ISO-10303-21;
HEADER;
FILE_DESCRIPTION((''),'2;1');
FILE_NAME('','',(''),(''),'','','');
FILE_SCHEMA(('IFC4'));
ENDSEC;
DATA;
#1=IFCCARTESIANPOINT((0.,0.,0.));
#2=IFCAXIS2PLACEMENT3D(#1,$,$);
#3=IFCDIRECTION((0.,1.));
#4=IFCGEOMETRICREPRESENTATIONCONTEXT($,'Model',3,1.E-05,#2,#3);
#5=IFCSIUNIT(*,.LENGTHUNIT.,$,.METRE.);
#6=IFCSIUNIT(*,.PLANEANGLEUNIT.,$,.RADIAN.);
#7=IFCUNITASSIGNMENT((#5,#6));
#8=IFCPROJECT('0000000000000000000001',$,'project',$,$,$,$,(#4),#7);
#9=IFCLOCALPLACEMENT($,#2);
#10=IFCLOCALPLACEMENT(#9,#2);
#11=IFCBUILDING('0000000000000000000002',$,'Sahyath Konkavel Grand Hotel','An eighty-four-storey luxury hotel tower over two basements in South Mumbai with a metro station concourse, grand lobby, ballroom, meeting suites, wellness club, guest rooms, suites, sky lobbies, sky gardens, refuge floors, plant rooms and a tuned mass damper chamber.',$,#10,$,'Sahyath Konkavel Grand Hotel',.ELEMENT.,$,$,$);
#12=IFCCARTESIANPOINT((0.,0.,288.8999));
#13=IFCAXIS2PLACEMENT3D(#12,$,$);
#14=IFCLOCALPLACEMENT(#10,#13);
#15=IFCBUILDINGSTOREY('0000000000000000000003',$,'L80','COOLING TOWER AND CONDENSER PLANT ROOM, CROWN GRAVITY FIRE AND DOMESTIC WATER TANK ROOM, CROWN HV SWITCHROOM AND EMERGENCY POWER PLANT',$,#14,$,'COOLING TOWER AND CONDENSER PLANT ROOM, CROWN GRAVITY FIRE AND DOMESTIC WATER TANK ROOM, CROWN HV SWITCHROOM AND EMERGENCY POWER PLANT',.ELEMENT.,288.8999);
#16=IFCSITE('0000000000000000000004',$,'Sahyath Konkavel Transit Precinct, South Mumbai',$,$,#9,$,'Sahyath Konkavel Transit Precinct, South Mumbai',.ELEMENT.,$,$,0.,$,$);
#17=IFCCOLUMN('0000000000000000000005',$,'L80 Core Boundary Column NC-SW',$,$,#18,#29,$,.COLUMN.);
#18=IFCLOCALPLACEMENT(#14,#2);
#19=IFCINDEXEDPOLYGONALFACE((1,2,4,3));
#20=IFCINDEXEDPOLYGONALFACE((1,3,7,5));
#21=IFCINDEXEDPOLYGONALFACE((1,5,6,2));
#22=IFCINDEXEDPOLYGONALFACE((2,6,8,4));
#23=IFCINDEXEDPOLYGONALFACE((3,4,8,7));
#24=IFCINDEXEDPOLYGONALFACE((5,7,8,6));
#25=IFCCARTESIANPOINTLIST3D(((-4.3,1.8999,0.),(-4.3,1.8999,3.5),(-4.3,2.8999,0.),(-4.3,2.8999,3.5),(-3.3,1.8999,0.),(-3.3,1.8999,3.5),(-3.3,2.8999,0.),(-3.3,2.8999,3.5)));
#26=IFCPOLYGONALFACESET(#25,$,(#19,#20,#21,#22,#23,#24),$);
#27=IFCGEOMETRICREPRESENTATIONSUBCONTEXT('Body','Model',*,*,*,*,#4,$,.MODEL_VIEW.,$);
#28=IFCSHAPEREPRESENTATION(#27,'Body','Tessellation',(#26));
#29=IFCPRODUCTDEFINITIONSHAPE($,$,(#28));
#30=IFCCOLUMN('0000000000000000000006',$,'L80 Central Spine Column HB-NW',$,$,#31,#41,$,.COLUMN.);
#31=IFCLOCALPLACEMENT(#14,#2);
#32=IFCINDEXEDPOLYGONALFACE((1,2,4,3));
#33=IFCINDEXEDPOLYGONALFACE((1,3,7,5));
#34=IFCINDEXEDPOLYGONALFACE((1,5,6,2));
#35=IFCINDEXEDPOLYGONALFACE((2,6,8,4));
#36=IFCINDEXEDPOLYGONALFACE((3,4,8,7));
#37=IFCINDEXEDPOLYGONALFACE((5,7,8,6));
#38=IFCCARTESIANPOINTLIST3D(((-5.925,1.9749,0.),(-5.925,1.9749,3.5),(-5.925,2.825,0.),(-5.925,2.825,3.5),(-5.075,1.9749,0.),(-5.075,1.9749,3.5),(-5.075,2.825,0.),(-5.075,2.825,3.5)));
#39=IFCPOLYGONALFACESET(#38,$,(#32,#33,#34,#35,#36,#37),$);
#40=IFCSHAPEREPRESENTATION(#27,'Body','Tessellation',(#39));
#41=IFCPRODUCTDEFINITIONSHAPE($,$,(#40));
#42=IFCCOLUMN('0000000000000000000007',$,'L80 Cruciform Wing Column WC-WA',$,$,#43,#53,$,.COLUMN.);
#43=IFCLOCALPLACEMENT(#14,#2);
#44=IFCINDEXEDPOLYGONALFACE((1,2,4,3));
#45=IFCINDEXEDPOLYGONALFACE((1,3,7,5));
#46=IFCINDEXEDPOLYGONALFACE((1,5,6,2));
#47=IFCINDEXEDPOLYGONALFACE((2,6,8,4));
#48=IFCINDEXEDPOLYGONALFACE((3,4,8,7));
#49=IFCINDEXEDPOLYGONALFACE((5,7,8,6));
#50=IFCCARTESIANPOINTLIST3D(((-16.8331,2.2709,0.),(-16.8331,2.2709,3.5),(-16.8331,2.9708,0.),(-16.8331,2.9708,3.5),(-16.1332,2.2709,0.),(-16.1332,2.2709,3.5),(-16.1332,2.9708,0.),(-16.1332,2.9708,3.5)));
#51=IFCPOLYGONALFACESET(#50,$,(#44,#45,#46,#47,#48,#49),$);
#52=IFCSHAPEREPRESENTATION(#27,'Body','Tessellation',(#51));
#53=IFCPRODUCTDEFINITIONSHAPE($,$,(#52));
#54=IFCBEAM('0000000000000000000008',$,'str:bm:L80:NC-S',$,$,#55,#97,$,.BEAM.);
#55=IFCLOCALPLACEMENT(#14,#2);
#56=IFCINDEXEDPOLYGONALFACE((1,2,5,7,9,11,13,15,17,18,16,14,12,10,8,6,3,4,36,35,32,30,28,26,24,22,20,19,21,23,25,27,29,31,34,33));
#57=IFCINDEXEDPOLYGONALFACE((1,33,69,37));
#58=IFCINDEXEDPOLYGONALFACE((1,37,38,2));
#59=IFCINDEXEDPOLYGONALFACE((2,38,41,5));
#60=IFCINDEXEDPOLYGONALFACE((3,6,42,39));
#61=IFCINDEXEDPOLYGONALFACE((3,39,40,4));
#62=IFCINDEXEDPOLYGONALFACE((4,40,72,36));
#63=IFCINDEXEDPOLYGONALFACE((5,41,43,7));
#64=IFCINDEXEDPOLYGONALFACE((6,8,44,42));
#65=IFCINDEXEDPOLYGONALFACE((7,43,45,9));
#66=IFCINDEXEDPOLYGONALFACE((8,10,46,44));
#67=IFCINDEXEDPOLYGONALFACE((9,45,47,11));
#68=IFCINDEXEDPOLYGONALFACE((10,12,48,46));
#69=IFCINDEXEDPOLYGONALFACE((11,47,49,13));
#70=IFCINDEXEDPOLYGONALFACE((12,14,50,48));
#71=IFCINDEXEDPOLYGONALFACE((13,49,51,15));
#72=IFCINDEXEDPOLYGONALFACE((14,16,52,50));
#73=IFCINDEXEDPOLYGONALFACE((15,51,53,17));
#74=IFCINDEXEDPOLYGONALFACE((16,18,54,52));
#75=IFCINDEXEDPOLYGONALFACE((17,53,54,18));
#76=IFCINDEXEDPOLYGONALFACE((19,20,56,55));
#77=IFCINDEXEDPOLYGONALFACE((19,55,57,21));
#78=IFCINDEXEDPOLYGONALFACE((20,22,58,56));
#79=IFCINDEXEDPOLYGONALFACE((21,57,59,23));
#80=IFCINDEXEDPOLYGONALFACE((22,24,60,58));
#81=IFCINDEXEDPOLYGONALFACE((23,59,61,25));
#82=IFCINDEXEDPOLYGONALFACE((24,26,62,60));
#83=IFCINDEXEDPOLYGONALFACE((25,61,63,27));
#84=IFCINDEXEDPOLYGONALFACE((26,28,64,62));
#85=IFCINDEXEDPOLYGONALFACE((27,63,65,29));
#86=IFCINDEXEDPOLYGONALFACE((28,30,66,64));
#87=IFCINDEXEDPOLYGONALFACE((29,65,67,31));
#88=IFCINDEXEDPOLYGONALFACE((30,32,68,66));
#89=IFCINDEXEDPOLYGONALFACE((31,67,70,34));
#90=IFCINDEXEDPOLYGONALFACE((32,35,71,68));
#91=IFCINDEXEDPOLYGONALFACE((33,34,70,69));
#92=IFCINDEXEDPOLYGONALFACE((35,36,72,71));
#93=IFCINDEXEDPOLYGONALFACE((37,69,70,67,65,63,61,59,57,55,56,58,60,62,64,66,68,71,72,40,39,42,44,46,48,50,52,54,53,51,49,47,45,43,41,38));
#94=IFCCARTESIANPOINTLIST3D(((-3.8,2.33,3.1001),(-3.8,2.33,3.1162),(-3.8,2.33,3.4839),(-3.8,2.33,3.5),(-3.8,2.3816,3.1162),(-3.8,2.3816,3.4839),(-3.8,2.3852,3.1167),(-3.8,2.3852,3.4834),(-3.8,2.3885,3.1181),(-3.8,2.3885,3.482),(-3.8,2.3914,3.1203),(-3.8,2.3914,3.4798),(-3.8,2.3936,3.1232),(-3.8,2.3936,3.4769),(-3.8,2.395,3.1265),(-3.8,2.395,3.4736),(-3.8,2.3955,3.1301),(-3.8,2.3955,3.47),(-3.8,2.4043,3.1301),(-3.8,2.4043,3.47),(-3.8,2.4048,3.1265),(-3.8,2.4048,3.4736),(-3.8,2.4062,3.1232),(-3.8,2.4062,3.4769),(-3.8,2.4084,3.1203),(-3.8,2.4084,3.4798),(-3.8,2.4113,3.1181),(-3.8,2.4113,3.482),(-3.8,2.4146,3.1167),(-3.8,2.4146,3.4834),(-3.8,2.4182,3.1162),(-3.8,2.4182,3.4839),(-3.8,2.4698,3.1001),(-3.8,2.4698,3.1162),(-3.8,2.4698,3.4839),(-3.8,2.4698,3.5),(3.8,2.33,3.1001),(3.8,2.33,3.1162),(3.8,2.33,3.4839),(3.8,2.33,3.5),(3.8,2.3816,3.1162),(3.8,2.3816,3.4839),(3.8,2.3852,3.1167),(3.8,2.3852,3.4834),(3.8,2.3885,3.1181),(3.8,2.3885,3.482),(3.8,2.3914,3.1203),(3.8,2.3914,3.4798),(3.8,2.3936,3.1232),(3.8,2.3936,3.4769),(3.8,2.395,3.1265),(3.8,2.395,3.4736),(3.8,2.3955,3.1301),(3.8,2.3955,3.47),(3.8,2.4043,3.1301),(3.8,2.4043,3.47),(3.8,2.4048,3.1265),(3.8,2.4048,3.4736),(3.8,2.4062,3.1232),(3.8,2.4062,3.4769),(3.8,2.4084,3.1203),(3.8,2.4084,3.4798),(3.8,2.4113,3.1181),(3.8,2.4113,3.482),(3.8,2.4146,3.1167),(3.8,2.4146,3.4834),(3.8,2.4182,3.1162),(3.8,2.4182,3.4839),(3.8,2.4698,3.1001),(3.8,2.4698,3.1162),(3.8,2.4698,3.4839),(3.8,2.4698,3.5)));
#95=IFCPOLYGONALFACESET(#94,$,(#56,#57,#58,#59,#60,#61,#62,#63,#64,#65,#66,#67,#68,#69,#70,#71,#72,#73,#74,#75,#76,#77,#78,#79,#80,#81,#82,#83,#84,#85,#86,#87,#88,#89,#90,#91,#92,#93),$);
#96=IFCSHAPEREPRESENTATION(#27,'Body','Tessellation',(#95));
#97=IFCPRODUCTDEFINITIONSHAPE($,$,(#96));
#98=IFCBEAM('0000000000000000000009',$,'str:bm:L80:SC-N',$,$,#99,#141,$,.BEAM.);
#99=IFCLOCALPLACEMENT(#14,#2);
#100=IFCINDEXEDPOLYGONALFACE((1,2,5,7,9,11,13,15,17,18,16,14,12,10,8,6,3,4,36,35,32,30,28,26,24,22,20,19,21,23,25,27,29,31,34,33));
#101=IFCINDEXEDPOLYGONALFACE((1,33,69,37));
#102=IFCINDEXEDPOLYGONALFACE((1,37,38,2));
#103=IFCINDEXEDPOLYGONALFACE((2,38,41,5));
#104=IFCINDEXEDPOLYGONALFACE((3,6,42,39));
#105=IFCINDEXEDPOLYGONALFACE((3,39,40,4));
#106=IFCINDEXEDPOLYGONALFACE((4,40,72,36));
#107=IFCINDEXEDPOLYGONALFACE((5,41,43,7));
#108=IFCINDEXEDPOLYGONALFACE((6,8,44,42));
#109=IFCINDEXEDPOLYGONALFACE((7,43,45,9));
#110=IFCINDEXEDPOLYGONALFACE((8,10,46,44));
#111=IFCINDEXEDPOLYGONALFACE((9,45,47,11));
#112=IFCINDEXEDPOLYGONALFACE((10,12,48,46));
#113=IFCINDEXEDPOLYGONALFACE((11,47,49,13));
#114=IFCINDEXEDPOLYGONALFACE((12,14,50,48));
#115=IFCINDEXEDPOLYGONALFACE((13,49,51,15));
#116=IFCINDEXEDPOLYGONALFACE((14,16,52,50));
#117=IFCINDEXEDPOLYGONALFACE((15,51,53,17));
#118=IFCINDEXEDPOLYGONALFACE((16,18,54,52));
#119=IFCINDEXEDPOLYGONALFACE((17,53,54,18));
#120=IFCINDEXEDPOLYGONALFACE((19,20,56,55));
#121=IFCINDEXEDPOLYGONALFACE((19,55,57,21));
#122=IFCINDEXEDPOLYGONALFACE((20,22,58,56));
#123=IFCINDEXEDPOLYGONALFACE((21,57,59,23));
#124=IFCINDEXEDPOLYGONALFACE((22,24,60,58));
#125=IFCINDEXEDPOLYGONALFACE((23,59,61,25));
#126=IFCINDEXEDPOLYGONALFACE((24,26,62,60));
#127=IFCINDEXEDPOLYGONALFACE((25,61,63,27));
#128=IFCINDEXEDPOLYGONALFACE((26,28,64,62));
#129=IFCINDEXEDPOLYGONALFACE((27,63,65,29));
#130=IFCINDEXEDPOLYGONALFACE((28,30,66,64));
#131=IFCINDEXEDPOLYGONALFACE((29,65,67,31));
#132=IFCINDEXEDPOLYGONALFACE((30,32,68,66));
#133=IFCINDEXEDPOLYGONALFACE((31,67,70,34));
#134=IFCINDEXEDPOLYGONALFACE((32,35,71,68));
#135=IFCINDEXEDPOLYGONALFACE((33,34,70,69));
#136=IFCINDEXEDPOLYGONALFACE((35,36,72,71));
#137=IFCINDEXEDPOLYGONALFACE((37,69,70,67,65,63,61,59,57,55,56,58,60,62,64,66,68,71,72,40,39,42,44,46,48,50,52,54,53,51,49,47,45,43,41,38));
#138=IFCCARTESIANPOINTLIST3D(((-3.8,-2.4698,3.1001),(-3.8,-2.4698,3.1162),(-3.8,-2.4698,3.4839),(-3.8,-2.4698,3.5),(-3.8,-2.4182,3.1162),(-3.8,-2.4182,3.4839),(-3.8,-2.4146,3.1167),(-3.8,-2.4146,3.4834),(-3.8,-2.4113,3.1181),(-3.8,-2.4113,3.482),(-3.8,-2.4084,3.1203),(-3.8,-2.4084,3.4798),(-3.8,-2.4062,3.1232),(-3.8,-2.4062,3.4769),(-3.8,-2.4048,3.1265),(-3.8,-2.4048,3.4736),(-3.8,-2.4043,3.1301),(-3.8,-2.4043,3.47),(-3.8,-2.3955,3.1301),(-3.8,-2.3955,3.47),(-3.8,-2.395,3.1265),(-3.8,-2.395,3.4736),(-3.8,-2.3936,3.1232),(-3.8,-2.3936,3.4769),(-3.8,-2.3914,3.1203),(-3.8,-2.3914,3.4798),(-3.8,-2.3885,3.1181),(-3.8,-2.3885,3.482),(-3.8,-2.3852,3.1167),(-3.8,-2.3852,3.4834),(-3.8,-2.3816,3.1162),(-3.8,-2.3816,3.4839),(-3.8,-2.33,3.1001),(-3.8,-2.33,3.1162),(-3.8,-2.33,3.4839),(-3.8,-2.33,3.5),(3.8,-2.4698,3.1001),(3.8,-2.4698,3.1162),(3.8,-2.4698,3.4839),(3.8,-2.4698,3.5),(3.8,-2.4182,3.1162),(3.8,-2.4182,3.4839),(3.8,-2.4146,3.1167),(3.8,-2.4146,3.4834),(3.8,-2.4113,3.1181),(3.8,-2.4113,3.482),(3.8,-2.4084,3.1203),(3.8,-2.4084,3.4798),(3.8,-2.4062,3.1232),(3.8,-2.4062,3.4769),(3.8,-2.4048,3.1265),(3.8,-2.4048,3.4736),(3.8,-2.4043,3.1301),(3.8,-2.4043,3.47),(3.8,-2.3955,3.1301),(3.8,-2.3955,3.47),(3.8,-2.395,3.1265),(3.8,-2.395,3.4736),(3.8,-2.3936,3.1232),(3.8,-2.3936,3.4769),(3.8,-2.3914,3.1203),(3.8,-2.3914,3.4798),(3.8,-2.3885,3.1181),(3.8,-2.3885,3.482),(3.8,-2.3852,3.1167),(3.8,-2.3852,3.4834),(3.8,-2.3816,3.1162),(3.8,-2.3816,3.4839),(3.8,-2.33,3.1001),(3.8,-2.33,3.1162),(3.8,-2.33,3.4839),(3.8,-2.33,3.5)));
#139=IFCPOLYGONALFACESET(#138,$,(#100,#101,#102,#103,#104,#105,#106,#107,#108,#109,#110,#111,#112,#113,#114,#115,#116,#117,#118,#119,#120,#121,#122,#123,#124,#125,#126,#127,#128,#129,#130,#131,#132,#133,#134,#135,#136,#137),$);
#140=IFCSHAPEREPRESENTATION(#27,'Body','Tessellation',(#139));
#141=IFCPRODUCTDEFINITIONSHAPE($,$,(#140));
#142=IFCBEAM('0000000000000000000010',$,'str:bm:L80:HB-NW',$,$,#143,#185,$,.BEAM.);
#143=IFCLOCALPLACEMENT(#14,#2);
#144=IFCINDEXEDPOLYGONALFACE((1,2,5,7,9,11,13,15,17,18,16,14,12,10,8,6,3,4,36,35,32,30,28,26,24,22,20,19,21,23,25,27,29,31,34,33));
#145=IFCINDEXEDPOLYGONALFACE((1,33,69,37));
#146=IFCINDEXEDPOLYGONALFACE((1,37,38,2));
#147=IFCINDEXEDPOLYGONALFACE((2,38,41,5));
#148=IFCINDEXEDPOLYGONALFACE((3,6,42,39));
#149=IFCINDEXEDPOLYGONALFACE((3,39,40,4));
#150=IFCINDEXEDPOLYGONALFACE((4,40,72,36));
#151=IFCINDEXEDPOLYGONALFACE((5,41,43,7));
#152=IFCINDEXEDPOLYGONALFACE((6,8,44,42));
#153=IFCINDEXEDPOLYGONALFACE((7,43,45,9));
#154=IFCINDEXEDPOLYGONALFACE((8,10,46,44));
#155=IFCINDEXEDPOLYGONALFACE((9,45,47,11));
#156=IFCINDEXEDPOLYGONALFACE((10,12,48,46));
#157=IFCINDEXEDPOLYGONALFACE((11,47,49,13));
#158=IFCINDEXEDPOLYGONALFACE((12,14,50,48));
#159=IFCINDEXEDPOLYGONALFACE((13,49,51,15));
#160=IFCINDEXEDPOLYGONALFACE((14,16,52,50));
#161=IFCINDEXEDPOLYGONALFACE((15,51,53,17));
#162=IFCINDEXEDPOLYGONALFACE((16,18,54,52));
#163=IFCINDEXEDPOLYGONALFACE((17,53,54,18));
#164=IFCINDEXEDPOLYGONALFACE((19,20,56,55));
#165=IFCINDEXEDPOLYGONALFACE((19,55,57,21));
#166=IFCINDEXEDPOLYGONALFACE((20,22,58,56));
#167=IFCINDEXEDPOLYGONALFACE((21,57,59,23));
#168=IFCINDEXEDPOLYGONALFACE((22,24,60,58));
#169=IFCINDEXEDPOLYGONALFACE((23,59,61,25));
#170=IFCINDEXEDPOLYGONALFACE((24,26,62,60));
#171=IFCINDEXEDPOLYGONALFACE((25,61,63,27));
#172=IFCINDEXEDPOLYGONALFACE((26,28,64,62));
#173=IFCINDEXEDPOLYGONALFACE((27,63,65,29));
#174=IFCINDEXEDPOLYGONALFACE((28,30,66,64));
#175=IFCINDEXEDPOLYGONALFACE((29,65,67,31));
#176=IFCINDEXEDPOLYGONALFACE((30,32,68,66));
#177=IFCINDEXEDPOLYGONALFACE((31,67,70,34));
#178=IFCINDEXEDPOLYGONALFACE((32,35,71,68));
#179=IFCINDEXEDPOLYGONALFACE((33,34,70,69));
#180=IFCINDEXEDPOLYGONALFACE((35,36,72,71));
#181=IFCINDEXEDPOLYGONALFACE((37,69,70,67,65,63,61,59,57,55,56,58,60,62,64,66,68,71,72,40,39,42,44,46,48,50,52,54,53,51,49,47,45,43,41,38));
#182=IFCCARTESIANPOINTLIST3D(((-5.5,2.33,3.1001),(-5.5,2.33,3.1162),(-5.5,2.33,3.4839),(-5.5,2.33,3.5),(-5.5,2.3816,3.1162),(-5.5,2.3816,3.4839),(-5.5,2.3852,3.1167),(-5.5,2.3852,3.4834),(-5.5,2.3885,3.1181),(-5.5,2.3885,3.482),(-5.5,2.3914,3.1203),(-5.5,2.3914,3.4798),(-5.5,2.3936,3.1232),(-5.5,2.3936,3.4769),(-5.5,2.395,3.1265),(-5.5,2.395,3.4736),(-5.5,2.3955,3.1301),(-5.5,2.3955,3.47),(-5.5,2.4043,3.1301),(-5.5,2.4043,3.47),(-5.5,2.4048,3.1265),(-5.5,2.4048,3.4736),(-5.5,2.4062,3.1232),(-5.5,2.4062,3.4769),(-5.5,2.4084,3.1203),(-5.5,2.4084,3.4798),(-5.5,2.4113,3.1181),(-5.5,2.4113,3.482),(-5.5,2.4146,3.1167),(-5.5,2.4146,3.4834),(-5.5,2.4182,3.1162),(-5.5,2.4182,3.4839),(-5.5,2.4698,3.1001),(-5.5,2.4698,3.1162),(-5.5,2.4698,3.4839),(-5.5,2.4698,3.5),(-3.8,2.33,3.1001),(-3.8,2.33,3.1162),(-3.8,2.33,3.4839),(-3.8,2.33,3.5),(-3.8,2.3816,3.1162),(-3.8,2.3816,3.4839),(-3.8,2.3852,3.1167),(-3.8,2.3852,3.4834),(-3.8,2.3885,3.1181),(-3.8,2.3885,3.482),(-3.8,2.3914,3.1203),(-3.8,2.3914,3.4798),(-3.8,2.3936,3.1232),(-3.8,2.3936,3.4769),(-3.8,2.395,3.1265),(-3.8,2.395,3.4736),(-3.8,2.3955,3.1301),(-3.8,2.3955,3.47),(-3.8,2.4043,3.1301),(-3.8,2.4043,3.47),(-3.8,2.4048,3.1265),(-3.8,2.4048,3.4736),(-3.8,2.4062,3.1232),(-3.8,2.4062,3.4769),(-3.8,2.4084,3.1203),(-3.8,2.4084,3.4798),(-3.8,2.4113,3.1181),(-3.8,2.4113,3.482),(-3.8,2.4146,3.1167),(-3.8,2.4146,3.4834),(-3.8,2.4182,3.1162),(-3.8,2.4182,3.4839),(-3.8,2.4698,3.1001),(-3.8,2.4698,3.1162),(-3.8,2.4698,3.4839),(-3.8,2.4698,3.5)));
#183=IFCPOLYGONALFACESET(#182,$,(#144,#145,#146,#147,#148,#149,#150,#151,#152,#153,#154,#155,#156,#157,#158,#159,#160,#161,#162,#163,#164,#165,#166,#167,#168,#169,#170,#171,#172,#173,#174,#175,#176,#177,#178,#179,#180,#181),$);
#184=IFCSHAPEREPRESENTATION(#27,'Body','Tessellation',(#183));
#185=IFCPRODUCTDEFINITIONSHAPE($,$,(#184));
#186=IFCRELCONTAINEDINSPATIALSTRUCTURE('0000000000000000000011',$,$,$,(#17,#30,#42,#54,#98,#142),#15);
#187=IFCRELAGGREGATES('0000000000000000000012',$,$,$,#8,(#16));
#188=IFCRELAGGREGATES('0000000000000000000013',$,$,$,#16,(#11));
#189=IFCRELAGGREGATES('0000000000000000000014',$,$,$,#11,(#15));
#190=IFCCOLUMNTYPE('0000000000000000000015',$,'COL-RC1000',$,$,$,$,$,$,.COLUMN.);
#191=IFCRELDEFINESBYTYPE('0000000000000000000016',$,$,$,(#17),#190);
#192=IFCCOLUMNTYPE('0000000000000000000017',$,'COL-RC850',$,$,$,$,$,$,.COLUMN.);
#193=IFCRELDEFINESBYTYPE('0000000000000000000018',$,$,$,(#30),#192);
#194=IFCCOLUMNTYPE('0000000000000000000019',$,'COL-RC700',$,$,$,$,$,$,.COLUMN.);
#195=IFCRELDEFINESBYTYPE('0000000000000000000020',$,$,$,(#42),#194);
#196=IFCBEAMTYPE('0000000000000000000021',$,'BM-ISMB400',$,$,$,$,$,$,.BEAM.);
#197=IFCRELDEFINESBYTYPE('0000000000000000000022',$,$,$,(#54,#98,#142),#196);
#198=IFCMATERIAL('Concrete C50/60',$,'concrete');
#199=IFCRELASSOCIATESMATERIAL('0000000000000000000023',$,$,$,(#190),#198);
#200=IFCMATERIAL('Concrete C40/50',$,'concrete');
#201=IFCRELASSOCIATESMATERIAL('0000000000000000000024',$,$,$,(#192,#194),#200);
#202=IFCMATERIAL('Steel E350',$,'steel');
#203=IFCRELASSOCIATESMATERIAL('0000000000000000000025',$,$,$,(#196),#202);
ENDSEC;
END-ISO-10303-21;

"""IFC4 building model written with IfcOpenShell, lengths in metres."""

from ifc_helpers import new_model, si_unit, direction, frame, origin, origin_2d, place, context, subcontext, project, spatial, rectangle, i_section, extrude, source, transform, mapped, material, material_profile, profile_set, type_object, element, save


model = new_model("IFC4")

# Units and contexts
model_context = context("Model", 3, precision=1e-05, world=origin(), true_north=direction((0.0, 1.0)))
body_context = subcontext(model_context, "Body", "Model", "MODEL_VIEW")
ifc_project = project(units=[si_unit("LENGTHUNIT", "METRE"), si_unit("PLANEANGLEUNIT", "RADIAN")], contexts=[model_context])

# Site, building, storey
site_placement = place(None, origin())
site = spatial("IfcSite", under=ifc_project, at=site_placement, Name="Sahyath Konkavel Transit Precinct, South Mumbai", LongName="Sahyath Konkavel Transit Precinct, South Mumbai", CompositionType="ELEMENT", RefElevation=0.0)
building_placement = place(site_placement, origin())
building = spatial("IfcBuilding", under=site, at=building_placement, Name="Sahyath Konkavel Grand Hotel", Description="An eighty-four-storey luxury hotel tower over two basements in South Mumbai with a metro station concourse, grand lobby, ballroom, meeting suites, wellness club, guest rooms, suites, sky lobbies, sky gardens, refuge floors, plant rooms and a tuned mass damper chamber.", LongName="Sahyath Konkavel Grand Hotel", CompositionType="ELEMENT")
storey_placement = place(building_placement, frame((0.0, 0.0, 288.8999)))
storey = spatial("IfcBuildingStorey", under=building, at=storey_placement, Name="L80", Description="COOLING TOWER AND CONDENSER PLANT ROOM, CROWN GRAVITY FIRE AND DOMESTIC WATER TANK ROOM, CROWN HV SWITCHROOM AND EMERGENCY POWER PLANT", LongName="COOLING TOWER AND CONDENSER PLANT ROOM, CROWN GRAVITY FIRE AND DOMESTIC WATER TANK ROOM, CROWN HV SWITCHROOM AND EMERGENCY POWER PLANT", CompositionType="ELEMENT", Elevation=288.8999)

# Columns
ifc_material_1 = material(Name="Concrete C50/60", Category="concrete")
ifc_material_profile_1 = material_profile(ifc_material_1, rectangle(XDim=1.0, YDim=1.0, at=origin_2d()), Name="RC 1000x1000")
ifc_profile_set_1 = profile_set([ifc_material_profile_1], Name="Concrete C50/60")
column_type_1 = type_object("IfcColumnType", Name="COL-RC1000", PredefinedType="COLUMN", material=ifc_profile_set_1)
shared_shape_1 = source(origin(), body_context, "Body", "SweptSolid", [
    extrude(rectangle(XDim=1.0, YDim=1.0, at=origin_2d()), origin(), (0.0, 0.0, 1.0), 3.5),
])
column_1_placement = place(storey_placement, frame((-3.8, 2.3999, 0.0), z_axis=(0.0, 0.0, 1.0), x_axis=(1.0, 0.0, 0.0)))
element("IfcColumn", 1, at=column_1_placement, inside=storey, type_object=column_type_1, Name="L80 Core Boundary Column NC-SW", PredefinedType="COLUMN", context=body_context, shape_type="MappedRepresentation", body=[
    mapped(shared_shape_1, transform((0.0, 0.0, 0.0), scale=1.0)),
])
ifc_material_2 = material(Name="Concrete C40/50", Category="concrete")
ifc_material_profile_2 = material_profile(ifc_material_2, rectangle(XDim=0.8501, YDim=0.8501, at=origin_2d()), Name="RC 850x850")
ifc_profile_set_2 = profile_set([ifc_material_profile_2], Name="Concrete C40/50")
column_type_2 = type_object("IfcColumnType", Name="COL-RC850", PredefinedType="COLUMN", material=ifc_profile_set_2)
shared_shape_2 = source(origin(), body_context, "Body", "SweptSolid", [
    extrude(rectangle(XDim=0.8501, YDim=0.8501, at=origin_2d()), origin(), (0.0, 0.0, 1.0), 3.5),
])
column_2_placement = place(storey_placement, frame((-5.5, 2.3999, 0.0), z_axis=(0.0, 0.0, 1.0), x_axis=(1.0, 0.0, 0.0)))
element("IfcColumn", 2, at=column_2_placement, inside=storey, type_object=column_type_2, Name="L80 Central Spine Column HB-NW", PredefinedType="COLUMN", context=body_context, shape_type="MappedRepresentation", body=[
    mapped(shared_shape_2, transform((0.0, 0.0, 0.0), scale=1.0)),
])
ifc_material_profile_3 = material_profile(ifc_material_2, rectangle(XDim=0.7, YDim=0.7, at=origin_2d()), Name="RC 700x700")
ifc_profile_set_3 = profile_set([ifc_material_profile_3], Name="Concrete C40/50")
column_type_3 = type_object("IfcColumnType", Name="COL-RC700", PredefinedType="COLUMN", material=ifc_profile_set_3)
shared_shape_3 = source(origin(), body_context, "Body", "SweptSolid", [
    extrude(rectangle(XDim=0.7, YDim=0.7, at=origin_2d()), origin(), (0.0, 0.0, 1.0), 3.5),
])
column_3_placement = place(storey_placement, frame((-16.4832, 2.6208, 0.0), z_axis=(0.0, 0.0, 1.0), x_axis=(1.0, 0.0, 0.0)))
element("IfcColumn", 3, at=column_3_placement, inside=storey, type_object=column_type_3, Name="L80 Cruciform Wing Column WC-WA", PredefinedType="COLUMN", context=body_context, shape_type="MappedRepresentation", body=[
    mapped(shared_shape_3, transform((0.0, 0.0, 0.0), scale=1.0)),
])

# Beams
ifc_material_3 = material(Name="Steel E350", Category="steel")
ifc_material_profile_4 = material_profile(ifc_material_3, i_section(OverallWidth=0.1399, OverallDepth=0.3999, WebThickness=0.0088, FlangeThickness=0.0161, FilletRadius=0.0139, at=origin_2d()), Name="ISMB 400")
ifc_profile_set_4 = profile_set([ifc_material_profile_4], Name="Steel E350")
beam_type_1 = type_object("IfcBeamType", Name="BM-ISMB400", PredefinedType="BEAM", material=ifc_profile_set_4)
shared_shape_4 = source(origin(), body_context, "Body", "SweptSolid", [
    extrude(i_section(OverallWidth=0.1399, OverallDepth=0.3999, WebThickness=0.0088, FlangeThickness=0.0161, FilletRadius=0.0139, at=origin_2d()), origin(), (0.0, 0.0, 1.0), 7.6001),
])
for number, where, z_axis, x_axis, name in (
    (4, (-3.8, 2.3999, 3.3), (1.0, 0.0, 0.0), (0.0, 1.0, 0.0), "str:bm:L80:NC-S"),
    (5, (-3.8, -2.3999, 3.3), (1.0, 0.0, 0.0), (0.0, 1.0, 0.0), "str:bm:L80:SC-N"),
):
    element("IfcBeam", number, at=place(storey_placement, frame(where, z_axis=z_axis, x_axis=x_axis)), inside=storey, type_object=beam_type_1, Name=name, PredefinedType="BEAM", context=body_context, shape_type="MappedRepresentation", body=[
        mapped(shared_shape_4, transform((0.0, 0.0, 0.0), scale=1.0)),
    ])
shared_shape_5 = source(origin(), body_context, "Body", "SweptSolid", [
    extrude(i_section(OverallWidth=0.1399, OverallDepth=0.3999, WebThickness=0.0088, FlangeThickness=0.0161, FilletRadius=0.0139, at=origin_2d()), origin(), (0.0, 0.0, 1.0), 1.7),
])
beam_1_placement = place(storey_placement, frame((-5.5, 2.3999, 3.3), z_axis=(1.0, 0.0, 0.0), x_axis=(0.0, 1.0, 0.0)))
element("IfcBeam", 6, at=beam_1_placement, inside=storey, type_object=beam_type_1, Name="str:bm:L80:HB-NW", PredefinedType="BEAM", context=body_context, shape_type="MappedRepresentation", body=[
    mapped(shared_shape_5, transform((0.0, 0.0, 0.0), scale=1.0)),
])

save(model, "model.ifc")
